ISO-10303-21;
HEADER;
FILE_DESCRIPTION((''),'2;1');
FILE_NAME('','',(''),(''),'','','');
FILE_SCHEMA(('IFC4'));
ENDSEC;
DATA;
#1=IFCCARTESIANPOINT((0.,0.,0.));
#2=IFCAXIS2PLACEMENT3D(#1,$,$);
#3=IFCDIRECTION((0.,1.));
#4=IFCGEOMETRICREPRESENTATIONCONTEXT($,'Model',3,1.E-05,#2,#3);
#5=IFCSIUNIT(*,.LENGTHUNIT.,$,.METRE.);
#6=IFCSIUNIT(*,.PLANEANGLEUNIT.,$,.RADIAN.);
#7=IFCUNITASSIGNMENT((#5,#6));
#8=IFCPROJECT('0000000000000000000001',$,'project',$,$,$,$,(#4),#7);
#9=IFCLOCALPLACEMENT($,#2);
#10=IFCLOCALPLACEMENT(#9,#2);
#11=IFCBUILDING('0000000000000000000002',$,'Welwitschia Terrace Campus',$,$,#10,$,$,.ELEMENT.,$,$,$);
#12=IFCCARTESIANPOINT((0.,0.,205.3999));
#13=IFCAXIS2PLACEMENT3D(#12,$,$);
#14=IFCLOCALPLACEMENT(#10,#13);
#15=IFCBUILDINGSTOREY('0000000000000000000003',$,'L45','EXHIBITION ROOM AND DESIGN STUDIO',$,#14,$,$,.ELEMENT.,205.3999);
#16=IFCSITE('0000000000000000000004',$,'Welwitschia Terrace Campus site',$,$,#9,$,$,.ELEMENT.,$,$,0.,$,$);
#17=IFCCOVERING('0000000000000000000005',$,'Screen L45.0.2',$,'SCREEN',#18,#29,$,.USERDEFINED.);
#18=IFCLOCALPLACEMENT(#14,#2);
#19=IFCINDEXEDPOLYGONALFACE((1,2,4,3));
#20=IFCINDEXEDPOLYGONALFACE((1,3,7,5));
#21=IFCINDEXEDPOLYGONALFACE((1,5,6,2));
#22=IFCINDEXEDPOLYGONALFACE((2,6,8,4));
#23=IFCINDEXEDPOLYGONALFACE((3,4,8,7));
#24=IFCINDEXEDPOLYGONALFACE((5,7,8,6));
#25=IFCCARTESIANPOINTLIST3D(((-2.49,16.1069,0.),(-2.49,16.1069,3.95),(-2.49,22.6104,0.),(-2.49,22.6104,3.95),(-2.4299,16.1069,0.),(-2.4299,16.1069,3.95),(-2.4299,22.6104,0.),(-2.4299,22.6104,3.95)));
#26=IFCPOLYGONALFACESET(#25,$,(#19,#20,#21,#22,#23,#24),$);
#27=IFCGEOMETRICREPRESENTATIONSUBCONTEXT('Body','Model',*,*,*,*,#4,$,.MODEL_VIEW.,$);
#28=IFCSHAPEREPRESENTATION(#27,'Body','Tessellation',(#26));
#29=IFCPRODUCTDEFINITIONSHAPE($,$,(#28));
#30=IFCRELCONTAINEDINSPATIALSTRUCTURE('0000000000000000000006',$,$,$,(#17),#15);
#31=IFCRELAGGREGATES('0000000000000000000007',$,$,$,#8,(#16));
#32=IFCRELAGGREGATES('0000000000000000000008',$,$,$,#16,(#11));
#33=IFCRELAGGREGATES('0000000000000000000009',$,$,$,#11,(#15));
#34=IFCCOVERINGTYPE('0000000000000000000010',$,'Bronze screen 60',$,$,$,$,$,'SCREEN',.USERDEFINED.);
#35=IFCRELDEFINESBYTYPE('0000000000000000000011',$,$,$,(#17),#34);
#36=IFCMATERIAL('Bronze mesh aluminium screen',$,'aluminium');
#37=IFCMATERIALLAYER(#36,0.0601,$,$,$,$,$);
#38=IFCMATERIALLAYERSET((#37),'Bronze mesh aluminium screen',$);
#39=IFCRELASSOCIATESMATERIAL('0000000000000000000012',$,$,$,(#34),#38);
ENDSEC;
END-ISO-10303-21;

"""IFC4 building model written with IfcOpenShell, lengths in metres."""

from ifc_helpers import new_model, si_unit, direction, frame, origin, origin_2d, place, context, subcontext, project, spatial, rectangle, extrude, material, layer, layer_set, type_object, element, save


model = new_model("IFC4")

# Units and contexts
model_context = context("Model", 3, precision=1e-05, world=origin(), true_north=direction((0.0, 1.0)))
body_context = subcontext(model_context, "Body", "Model", "MODEL_VIEW")
ifc_project = project(units=[si_unit("LENGTHUNIT", "METRE"), si_unit("PLANEANGLEUNIT", "RADIAN")], contexts=[model_context])

# Site, building, storey
site_placement = place(None, origin())
site = spatial("IfcSite", under=ifc_project, at=site_placement, Name="Welwitschia Terrace Campus site", CompositionType="ELEMENT", RefElevation=0.0)
building_placement = place(site_placement, origin())
building = spatial("IfcBuilding", under=site, at=building_placement, Name="Welwitschia Terrace Campus", CompositionType="ELEMENT")
storey_placement = place(building_placement, frame((0.0, 0.0, 205.3999)))
storey = spatial("IfcBuildingStorey", under=building, at=storey_placement, Name="L45", Description="EXHIBITION ROOM AND DESIGN STUDIO", CompositionType="ELEMENT", Elevation=205.3999)

# Covering
ifc_material_1 = material(Name="Bronze mesh aluminium screen", Category="aluminium")
ifc_layer_1 = layer(ifc_material_1, 0.0601)
ifc_layer_set_1 = layer_set([ifc_layer_1], Name="Bronze mesh aluminium screen")
covering_type = type_object("IfcCoveringType", Name="Bronze screen 60", ElementType="SCREEN", PredefinedType="USERDEFINED", material=ifc_layer_set_1)
covering_placement = place(storey_placement, frame((-2.46, 19.3586, 0.0), z_axis=(0.0, 0.0, 1.0), x_axis=(0.0, -1.0, 0.0)))
element("IfcCovering", 1, at=covering_placement, inside=storey, type_object=covering_type, Name="Screen L45.0.2", ObjectType="SCREEN", PredefinedType="USERDEFINED", context=body_context, shape_type="SweptSolid", body=[
    extrude(rectangle(XDim=6.5034, YDim=0.0601, at=origin_2d()), origin(), (0.0, 0.0, 1.0), 3.95),
])

save(model, "model.ifc")
